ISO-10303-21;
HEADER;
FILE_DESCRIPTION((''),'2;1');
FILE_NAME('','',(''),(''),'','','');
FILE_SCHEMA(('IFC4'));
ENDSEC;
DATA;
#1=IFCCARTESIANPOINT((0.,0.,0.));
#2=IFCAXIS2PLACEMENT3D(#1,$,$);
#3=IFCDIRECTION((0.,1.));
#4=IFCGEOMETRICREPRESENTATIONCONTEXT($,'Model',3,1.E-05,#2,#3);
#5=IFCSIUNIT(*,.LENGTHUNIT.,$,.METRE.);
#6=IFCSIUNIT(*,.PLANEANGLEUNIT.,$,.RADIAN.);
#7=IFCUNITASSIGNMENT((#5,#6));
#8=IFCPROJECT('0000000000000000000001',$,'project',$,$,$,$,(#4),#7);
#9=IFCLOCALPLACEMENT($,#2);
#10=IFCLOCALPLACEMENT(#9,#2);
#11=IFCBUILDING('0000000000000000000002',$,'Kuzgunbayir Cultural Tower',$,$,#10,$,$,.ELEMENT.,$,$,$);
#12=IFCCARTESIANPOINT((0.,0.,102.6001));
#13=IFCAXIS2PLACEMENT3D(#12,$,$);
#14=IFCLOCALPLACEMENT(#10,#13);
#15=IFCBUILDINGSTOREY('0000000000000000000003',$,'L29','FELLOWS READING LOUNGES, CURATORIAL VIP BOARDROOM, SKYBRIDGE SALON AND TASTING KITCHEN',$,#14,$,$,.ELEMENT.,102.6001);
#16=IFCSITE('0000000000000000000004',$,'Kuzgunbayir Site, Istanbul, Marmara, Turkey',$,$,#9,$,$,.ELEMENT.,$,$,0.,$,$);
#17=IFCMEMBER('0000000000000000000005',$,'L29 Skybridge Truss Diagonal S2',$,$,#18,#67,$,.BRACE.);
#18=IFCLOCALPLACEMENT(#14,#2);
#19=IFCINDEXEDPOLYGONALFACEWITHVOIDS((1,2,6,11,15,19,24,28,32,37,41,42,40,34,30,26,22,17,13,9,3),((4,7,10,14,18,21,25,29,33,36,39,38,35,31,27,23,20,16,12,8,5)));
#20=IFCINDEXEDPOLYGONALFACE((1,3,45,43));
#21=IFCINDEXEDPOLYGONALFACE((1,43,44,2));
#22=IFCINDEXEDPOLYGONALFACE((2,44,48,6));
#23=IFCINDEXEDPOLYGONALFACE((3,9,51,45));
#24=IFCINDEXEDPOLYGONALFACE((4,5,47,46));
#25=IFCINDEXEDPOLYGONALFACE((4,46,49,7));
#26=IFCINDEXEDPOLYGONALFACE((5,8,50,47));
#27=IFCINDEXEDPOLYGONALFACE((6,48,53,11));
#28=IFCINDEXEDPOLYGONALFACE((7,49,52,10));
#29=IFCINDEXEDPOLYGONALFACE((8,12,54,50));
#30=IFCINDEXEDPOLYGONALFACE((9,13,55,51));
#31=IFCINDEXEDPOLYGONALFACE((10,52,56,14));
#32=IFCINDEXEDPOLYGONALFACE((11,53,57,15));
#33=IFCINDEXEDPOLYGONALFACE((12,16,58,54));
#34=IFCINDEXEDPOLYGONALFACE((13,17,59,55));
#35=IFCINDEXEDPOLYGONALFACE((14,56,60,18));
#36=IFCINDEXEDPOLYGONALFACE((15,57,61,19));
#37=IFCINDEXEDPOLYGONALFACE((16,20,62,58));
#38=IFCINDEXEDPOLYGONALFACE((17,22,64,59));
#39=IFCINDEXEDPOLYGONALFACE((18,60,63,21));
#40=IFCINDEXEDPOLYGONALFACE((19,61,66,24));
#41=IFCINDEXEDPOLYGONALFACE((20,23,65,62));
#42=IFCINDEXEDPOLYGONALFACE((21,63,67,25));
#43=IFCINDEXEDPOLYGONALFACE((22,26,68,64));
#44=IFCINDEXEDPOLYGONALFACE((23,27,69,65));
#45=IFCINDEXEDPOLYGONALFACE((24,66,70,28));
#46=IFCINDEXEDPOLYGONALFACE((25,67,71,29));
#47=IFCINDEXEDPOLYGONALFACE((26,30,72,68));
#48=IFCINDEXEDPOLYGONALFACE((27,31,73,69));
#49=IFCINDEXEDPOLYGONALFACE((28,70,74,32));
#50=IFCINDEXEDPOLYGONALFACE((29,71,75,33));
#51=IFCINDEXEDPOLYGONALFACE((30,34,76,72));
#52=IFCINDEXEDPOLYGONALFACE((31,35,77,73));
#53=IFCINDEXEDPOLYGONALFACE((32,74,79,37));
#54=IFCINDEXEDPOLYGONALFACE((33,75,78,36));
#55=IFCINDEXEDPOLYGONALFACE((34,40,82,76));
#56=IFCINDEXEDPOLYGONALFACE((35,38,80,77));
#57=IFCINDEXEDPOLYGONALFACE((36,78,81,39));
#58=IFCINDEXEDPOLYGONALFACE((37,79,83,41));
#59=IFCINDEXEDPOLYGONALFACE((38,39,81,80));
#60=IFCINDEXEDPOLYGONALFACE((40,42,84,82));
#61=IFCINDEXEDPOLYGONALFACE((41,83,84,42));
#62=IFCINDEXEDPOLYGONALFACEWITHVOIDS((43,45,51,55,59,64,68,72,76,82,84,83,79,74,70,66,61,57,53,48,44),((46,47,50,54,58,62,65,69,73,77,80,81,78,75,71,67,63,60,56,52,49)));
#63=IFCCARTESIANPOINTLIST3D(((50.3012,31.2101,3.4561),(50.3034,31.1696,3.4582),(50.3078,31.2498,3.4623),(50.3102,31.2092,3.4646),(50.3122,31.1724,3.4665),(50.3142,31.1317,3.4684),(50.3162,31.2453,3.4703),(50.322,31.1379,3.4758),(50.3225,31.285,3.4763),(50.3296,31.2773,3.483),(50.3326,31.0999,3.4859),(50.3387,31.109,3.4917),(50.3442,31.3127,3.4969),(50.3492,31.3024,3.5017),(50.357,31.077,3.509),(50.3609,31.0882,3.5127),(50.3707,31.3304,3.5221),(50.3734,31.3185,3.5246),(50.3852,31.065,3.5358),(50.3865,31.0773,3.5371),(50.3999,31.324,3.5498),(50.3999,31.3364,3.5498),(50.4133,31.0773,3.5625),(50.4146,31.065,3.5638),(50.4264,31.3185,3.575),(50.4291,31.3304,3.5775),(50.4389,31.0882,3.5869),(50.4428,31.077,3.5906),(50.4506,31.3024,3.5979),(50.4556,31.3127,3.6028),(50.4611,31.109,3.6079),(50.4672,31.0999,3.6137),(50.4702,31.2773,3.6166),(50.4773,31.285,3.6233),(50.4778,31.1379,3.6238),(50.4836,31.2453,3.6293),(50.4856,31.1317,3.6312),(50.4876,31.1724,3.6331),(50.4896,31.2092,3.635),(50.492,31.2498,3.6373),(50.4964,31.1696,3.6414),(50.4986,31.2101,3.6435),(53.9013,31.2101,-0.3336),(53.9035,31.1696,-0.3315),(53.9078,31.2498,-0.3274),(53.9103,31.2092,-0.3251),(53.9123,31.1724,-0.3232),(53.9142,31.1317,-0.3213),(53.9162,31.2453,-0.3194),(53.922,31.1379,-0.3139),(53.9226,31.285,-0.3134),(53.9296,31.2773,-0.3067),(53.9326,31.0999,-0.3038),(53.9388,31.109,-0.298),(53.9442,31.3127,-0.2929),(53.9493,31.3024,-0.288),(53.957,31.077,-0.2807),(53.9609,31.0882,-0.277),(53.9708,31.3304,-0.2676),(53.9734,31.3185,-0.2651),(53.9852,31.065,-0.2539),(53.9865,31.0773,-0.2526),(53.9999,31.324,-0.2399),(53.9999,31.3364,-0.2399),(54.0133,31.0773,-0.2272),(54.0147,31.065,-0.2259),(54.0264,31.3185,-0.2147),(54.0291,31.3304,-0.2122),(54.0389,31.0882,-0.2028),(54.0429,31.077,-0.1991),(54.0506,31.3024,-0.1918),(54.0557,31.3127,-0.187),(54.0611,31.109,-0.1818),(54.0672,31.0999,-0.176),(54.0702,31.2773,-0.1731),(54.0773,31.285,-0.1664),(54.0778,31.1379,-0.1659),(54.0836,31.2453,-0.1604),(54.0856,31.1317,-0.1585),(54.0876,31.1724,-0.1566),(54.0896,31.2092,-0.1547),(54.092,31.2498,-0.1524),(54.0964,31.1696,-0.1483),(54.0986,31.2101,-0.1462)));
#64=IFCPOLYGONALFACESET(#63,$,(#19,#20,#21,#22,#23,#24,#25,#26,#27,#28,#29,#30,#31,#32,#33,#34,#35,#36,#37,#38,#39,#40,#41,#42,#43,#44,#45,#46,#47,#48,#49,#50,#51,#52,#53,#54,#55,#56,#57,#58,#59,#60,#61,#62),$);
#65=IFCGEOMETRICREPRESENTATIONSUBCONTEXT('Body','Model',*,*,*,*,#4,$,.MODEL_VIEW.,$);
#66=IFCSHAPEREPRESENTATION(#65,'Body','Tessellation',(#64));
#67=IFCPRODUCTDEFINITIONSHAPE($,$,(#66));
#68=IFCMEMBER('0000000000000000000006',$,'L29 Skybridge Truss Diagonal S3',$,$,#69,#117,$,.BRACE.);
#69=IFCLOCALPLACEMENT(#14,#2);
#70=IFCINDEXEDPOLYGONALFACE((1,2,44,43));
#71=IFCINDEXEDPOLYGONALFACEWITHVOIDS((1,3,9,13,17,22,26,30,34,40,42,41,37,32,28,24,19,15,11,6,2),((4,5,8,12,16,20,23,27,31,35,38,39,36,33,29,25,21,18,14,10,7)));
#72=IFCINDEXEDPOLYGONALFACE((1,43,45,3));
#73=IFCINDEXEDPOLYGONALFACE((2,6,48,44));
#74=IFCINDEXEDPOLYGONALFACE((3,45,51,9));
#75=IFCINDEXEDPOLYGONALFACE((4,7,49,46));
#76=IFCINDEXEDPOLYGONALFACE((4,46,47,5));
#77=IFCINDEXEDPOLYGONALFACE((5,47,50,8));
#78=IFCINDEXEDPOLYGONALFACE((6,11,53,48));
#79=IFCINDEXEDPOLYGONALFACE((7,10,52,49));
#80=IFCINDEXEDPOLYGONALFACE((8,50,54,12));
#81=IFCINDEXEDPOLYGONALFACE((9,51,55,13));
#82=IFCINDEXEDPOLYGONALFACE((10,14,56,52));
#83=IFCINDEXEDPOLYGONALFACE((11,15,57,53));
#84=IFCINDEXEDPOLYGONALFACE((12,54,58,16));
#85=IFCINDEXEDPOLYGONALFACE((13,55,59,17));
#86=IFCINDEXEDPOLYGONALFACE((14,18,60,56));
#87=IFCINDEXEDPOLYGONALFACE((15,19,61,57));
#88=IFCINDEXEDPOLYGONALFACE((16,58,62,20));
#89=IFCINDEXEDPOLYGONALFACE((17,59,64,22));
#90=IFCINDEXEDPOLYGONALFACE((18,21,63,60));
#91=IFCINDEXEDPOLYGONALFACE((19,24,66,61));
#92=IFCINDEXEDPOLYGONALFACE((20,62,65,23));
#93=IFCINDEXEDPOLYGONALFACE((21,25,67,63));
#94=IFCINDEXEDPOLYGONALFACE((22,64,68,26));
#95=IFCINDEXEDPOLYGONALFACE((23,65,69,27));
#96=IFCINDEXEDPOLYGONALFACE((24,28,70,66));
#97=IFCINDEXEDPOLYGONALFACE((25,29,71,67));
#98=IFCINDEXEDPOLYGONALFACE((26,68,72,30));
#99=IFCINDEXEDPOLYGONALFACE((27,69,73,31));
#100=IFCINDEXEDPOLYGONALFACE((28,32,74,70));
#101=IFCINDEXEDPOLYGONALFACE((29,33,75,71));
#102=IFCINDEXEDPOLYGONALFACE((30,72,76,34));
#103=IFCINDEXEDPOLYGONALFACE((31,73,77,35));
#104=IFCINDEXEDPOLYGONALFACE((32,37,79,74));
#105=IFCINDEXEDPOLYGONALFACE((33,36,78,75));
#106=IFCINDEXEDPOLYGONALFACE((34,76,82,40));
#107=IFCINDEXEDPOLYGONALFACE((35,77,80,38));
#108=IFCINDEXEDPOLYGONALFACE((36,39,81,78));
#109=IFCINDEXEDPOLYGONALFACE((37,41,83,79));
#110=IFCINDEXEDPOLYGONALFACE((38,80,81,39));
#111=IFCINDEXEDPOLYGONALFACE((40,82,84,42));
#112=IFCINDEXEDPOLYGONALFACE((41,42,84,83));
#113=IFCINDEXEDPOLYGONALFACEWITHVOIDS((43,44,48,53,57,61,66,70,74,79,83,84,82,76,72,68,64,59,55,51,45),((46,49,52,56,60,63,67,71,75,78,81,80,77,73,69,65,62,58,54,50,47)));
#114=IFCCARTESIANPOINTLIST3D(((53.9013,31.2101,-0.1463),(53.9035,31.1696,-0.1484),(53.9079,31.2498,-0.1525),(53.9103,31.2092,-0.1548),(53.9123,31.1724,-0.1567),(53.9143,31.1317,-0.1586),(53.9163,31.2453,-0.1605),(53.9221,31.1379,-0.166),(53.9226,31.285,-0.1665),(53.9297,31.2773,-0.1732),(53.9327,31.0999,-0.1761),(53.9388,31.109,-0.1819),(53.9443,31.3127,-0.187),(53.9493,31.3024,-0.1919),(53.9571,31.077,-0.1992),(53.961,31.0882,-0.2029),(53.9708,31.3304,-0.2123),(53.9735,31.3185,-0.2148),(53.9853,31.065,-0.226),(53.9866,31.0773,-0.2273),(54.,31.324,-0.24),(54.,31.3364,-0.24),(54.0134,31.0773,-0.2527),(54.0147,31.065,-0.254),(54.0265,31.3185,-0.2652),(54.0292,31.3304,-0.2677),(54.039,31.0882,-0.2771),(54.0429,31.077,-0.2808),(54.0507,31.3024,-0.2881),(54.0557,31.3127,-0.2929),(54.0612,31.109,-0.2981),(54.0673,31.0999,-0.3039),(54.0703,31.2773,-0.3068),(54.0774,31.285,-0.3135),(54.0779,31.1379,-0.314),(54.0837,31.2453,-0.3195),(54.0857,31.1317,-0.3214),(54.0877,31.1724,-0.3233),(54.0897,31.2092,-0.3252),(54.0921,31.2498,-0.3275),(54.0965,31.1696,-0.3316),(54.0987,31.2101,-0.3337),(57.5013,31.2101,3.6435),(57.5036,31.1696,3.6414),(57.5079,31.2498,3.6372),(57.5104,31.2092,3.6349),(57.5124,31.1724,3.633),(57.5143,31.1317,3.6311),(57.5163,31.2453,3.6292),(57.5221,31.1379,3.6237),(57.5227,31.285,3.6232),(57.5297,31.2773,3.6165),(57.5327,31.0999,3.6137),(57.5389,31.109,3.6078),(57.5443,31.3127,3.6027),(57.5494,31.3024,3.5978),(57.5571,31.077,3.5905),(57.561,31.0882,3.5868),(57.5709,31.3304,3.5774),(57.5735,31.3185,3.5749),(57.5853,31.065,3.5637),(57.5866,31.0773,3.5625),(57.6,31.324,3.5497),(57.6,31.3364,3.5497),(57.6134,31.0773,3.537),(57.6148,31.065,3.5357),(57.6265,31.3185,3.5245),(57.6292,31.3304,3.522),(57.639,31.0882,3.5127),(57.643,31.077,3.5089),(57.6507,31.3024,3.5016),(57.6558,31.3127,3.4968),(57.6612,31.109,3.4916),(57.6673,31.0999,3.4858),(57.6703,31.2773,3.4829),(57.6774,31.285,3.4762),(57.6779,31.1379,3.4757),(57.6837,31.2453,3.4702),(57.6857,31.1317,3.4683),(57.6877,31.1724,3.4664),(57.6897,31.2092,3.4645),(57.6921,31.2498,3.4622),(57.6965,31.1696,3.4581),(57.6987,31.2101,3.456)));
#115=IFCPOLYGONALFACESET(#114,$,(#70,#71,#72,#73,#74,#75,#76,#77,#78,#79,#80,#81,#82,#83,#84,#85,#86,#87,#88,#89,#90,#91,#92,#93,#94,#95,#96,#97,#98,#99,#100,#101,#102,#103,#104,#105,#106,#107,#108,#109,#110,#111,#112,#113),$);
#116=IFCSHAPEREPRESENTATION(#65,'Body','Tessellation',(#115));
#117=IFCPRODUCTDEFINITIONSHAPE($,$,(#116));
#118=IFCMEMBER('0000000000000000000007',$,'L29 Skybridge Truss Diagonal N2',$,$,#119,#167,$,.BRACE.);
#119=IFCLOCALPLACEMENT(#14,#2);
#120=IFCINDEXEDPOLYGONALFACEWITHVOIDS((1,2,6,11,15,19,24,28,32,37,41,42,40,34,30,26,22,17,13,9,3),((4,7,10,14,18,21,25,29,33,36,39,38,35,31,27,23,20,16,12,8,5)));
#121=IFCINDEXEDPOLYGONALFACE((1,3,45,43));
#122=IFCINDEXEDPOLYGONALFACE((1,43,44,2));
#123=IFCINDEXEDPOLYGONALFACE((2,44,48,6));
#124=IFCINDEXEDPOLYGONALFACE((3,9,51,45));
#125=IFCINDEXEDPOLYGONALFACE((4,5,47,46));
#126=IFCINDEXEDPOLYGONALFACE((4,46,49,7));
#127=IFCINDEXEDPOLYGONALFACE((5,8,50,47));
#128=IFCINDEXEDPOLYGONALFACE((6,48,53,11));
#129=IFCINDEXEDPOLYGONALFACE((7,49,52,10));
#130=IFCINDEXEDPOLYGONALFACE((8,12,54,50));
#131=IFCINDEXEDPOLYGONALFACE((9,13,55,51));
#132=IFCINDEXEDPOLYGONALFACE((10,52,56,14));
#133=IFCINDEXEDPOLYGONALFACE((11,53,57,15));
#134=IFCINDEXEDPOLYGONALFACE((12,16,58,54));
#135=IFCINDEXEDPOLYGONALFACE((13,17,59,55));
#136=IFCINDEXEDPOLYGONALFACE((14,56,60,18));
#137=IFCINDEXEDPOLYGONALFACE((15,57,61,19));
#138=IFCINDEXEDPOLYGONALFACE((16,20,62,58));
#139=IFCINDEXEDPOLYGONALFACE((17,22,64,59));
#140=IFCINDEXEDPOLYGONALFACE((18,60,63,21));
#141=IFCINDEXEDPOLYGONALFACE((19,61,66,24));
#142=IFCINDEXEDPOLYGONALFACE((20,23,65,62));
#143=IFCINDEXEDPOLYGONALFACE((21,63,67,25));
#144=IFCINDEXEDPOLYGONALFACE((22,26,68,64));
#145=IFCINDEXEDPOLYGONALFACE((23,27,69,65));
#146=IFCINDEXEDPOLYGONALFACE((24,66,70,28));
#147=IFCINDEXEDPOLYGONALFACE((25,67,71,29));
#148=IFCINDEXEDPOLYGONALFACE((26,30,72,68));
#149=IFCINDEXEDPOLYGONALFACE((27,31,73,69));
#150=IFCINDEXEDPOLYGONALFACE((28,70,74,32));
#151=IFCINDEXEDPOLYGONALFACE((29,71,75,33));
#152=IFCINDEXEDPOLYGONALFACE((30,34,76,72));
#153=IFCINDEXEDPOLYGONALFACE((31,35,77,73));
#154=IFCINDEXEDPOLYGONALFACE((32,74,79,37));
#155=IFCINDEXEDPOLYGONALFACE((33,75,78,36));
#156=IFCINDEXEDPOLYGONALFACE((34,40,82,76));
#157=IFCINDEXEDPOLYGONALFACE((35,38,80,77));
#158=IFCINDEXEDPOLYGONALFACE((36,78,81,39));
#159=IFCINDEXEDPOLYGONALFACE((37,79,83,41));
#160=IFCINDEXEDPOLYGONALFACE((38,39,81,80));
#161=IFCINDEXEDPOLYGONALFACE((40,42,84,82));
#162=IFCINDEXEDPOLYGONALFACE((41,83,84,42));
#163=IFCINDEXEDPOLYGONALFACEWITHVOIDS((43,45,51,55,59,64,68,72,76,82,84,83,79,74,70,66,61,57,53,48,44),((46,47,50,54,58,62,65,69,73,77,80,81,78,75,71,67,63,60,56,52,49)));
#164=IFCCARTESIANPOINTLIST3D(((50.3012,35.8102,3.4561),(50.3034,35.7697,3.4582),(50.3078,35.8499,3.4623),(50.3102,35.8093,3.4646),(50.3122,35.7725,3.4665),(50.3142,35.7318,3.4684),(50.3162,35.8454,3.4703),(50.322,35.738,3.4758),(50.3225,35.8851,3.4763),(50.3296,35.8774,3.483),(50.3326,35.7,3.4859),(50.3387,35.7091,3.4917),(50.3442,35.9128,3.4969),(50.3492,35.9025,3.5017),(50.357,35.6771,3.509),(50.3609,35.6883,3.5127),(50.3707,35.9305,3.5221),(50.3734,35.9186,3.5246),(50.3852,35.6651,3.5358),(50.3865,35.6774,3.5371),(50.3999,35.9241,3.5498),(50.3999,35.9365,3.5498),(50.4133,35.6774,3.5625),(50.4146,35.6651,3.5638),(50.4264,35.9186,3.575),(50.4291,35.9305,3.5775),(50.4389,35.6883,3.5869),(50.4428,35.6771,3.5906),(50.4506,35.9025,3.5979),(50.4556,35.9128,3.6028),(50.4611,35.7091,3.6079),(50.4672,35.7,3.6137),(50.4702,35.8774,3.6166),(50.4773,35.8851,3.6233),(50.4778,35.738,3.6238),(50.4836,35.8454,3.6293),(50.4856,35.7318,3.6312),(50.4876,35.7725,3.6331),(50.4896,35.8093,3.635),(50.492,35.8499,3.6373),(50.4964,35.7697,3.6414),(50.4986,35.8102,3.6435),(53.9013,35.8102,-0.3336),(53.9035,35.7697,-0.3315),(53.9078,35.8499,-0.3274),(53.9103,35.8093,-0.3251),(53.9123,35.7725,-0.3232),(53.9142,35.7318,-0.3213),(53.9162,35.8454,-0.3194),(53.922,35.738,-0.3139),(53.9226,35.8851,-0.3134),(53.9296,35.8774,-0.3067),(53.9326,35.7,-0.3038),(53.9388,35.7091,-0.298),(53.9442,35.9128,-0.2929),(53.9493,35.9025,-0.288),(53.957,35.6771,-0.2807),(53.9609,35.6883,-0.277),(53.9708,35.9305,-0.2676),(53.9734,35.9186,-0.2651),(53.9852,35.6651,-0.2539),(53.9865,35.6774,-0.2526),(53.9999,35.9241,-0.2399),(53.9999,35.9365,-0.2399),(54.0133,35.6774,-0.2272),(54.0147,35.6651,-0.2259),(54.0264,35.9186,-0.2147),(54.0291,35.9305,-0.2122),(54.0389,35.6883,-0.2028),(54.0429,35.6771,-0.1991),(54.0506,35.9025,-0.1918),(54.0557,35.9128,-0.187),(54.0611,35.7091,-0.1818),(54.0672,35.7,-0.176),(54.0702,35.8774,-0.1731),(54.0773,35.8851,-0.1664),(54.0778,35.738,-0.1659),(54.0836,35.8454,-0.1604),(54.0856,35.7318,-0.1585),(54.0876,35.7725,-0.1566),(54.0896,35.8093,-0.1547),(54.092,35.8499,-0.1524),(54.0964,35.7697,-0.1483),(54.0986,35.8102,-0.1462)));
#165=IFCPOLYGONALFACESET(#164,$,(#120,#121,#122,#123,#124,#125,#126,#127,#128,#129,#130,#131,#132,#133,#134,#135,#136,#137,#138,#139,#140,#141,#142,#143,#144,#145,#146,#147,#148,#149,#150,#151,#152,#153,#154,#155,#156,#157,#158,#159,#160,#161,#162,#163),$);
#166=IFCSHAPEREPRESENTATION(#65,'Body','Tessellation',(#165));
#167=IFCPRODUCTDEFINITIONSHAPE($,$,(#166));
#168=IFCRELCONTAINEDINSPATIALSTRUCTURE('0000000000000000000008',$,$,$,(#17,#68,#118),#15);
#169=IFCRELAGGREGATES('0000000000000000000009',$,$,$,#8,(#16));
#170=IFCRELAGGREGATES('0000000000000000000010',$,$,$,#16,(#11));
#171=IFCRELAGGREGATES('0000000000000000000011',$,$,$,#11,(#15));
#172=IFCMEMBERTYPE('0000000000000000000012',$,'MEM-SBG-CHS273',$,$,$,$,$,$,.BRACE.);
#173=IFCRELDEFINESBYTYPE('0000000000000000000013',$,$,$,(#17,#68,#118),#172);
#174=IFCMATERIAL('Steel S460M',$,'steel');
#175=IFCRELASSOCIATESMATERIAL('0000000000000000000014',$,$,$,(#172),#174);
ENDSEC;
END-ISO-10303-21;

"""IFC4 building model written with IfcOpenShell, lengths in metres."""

from ifc_helpers import new_model, si_unit, direction, frame, origin, origin_2d, place, context, subcontext, project, spatial, hollow_circle, extrude, material, material_profile, profile_set, type_object, element, save


model = new_model("IFC4")

# Units and contexts
model_context = context("Model", 3, precision=1e-05, world=origin(), true_north=direction((0.0, 1.0)))
body_context = subcontext(model_context, "Body", "Model", "MODEL_VIEW")
ifc_project = project(units=[si_unit("LENGTHUNIT", "METRE"), si_unit("PLANEANGLEUNIT", "RADIAN")], contexts=[model_context])

# Site, building, storey
site_placement = place(None, origin())
site = spatial("IfcSite", under=ifc_project, at=site_placement, Name="Kuzgunbayir Site, Istanbul, Marmara, Turkey", CompositionType="ELEMENT", RefElevation=0.0)
building_placement = place(site_placement, origin())
building = spatial("IfcBuilding", under=site, at=building_placement, Name="Kuzgunbayir Cultural Tower", CompositionType="ELEMENT")
storey_placement = place(building_placement, frame((0.0, 0.0, 102.6001)))
storey = spatial("IfcBuildingStorey", under=building, at=storey_placement, Name="L29", Description="FELLOWS READING LOUNGES, CURATORIAL VIP BOARDROOM, SKYBRIDGE SALON AND TASTING KITCHEN", CompositionType="ELEMENT", Elevation=102.6001)

# Members
ifc_material_1 = material(Name="Steel S460M", Category="steel")
ifc_material_profile_1 = material_profile(ifc_material_1, hollow_circle(Radius=0.1365, WallThickness=0.0125, at=origin_2d()), Name="CHS 273x12.5")
ifc_profile_set_1 = profile_set([ifc_material_profile_1], Name="Steel S460M")
member_type_1 = type_object("IfcMemberType", Name="MEM-SBG-CHS273", PredefinedType="BRACE", material=ifc_profile_set_1)
for number, where, z_axis, x_axis, name in (
    (1, (50.3999, 31.2, 3.5498), (0.688729, 0.0, -0.725019), (0.0, 1.0, 0.0), "L29 Skybridge Truss Diagonal S2"),
    (2, (54.0, 31.2, -0.24), (0.688729, 0.0, 0.725019), (0.0, 1.0, 0.0), "L29 Skybridge Truss Diagonal S3"),
    (3, (50.3999, 35.8, 3.5498), (0.688729, 0.0, -0.725019), (0.0, 1.0, 0.0), "L29 Skybridge Truss Diagonal N2"),
):
    element("IfcMember", number, at=place(storey_placement, frame(where, z_axis=z_axis, x_axis=x_axis)), inside=storey, type_object=member_type_1, Name=name, PredefinedType="BRACE", context=body_context, shape_type="SweptSolid", body=[
        extrude(hollow_circle(Radius=0.1365, WallThickness=0.0125, at=origin_2d()), origin(), (0.0, 0.0, 1.0), 5.2271),
    ])

save(model, "model.ifc")
